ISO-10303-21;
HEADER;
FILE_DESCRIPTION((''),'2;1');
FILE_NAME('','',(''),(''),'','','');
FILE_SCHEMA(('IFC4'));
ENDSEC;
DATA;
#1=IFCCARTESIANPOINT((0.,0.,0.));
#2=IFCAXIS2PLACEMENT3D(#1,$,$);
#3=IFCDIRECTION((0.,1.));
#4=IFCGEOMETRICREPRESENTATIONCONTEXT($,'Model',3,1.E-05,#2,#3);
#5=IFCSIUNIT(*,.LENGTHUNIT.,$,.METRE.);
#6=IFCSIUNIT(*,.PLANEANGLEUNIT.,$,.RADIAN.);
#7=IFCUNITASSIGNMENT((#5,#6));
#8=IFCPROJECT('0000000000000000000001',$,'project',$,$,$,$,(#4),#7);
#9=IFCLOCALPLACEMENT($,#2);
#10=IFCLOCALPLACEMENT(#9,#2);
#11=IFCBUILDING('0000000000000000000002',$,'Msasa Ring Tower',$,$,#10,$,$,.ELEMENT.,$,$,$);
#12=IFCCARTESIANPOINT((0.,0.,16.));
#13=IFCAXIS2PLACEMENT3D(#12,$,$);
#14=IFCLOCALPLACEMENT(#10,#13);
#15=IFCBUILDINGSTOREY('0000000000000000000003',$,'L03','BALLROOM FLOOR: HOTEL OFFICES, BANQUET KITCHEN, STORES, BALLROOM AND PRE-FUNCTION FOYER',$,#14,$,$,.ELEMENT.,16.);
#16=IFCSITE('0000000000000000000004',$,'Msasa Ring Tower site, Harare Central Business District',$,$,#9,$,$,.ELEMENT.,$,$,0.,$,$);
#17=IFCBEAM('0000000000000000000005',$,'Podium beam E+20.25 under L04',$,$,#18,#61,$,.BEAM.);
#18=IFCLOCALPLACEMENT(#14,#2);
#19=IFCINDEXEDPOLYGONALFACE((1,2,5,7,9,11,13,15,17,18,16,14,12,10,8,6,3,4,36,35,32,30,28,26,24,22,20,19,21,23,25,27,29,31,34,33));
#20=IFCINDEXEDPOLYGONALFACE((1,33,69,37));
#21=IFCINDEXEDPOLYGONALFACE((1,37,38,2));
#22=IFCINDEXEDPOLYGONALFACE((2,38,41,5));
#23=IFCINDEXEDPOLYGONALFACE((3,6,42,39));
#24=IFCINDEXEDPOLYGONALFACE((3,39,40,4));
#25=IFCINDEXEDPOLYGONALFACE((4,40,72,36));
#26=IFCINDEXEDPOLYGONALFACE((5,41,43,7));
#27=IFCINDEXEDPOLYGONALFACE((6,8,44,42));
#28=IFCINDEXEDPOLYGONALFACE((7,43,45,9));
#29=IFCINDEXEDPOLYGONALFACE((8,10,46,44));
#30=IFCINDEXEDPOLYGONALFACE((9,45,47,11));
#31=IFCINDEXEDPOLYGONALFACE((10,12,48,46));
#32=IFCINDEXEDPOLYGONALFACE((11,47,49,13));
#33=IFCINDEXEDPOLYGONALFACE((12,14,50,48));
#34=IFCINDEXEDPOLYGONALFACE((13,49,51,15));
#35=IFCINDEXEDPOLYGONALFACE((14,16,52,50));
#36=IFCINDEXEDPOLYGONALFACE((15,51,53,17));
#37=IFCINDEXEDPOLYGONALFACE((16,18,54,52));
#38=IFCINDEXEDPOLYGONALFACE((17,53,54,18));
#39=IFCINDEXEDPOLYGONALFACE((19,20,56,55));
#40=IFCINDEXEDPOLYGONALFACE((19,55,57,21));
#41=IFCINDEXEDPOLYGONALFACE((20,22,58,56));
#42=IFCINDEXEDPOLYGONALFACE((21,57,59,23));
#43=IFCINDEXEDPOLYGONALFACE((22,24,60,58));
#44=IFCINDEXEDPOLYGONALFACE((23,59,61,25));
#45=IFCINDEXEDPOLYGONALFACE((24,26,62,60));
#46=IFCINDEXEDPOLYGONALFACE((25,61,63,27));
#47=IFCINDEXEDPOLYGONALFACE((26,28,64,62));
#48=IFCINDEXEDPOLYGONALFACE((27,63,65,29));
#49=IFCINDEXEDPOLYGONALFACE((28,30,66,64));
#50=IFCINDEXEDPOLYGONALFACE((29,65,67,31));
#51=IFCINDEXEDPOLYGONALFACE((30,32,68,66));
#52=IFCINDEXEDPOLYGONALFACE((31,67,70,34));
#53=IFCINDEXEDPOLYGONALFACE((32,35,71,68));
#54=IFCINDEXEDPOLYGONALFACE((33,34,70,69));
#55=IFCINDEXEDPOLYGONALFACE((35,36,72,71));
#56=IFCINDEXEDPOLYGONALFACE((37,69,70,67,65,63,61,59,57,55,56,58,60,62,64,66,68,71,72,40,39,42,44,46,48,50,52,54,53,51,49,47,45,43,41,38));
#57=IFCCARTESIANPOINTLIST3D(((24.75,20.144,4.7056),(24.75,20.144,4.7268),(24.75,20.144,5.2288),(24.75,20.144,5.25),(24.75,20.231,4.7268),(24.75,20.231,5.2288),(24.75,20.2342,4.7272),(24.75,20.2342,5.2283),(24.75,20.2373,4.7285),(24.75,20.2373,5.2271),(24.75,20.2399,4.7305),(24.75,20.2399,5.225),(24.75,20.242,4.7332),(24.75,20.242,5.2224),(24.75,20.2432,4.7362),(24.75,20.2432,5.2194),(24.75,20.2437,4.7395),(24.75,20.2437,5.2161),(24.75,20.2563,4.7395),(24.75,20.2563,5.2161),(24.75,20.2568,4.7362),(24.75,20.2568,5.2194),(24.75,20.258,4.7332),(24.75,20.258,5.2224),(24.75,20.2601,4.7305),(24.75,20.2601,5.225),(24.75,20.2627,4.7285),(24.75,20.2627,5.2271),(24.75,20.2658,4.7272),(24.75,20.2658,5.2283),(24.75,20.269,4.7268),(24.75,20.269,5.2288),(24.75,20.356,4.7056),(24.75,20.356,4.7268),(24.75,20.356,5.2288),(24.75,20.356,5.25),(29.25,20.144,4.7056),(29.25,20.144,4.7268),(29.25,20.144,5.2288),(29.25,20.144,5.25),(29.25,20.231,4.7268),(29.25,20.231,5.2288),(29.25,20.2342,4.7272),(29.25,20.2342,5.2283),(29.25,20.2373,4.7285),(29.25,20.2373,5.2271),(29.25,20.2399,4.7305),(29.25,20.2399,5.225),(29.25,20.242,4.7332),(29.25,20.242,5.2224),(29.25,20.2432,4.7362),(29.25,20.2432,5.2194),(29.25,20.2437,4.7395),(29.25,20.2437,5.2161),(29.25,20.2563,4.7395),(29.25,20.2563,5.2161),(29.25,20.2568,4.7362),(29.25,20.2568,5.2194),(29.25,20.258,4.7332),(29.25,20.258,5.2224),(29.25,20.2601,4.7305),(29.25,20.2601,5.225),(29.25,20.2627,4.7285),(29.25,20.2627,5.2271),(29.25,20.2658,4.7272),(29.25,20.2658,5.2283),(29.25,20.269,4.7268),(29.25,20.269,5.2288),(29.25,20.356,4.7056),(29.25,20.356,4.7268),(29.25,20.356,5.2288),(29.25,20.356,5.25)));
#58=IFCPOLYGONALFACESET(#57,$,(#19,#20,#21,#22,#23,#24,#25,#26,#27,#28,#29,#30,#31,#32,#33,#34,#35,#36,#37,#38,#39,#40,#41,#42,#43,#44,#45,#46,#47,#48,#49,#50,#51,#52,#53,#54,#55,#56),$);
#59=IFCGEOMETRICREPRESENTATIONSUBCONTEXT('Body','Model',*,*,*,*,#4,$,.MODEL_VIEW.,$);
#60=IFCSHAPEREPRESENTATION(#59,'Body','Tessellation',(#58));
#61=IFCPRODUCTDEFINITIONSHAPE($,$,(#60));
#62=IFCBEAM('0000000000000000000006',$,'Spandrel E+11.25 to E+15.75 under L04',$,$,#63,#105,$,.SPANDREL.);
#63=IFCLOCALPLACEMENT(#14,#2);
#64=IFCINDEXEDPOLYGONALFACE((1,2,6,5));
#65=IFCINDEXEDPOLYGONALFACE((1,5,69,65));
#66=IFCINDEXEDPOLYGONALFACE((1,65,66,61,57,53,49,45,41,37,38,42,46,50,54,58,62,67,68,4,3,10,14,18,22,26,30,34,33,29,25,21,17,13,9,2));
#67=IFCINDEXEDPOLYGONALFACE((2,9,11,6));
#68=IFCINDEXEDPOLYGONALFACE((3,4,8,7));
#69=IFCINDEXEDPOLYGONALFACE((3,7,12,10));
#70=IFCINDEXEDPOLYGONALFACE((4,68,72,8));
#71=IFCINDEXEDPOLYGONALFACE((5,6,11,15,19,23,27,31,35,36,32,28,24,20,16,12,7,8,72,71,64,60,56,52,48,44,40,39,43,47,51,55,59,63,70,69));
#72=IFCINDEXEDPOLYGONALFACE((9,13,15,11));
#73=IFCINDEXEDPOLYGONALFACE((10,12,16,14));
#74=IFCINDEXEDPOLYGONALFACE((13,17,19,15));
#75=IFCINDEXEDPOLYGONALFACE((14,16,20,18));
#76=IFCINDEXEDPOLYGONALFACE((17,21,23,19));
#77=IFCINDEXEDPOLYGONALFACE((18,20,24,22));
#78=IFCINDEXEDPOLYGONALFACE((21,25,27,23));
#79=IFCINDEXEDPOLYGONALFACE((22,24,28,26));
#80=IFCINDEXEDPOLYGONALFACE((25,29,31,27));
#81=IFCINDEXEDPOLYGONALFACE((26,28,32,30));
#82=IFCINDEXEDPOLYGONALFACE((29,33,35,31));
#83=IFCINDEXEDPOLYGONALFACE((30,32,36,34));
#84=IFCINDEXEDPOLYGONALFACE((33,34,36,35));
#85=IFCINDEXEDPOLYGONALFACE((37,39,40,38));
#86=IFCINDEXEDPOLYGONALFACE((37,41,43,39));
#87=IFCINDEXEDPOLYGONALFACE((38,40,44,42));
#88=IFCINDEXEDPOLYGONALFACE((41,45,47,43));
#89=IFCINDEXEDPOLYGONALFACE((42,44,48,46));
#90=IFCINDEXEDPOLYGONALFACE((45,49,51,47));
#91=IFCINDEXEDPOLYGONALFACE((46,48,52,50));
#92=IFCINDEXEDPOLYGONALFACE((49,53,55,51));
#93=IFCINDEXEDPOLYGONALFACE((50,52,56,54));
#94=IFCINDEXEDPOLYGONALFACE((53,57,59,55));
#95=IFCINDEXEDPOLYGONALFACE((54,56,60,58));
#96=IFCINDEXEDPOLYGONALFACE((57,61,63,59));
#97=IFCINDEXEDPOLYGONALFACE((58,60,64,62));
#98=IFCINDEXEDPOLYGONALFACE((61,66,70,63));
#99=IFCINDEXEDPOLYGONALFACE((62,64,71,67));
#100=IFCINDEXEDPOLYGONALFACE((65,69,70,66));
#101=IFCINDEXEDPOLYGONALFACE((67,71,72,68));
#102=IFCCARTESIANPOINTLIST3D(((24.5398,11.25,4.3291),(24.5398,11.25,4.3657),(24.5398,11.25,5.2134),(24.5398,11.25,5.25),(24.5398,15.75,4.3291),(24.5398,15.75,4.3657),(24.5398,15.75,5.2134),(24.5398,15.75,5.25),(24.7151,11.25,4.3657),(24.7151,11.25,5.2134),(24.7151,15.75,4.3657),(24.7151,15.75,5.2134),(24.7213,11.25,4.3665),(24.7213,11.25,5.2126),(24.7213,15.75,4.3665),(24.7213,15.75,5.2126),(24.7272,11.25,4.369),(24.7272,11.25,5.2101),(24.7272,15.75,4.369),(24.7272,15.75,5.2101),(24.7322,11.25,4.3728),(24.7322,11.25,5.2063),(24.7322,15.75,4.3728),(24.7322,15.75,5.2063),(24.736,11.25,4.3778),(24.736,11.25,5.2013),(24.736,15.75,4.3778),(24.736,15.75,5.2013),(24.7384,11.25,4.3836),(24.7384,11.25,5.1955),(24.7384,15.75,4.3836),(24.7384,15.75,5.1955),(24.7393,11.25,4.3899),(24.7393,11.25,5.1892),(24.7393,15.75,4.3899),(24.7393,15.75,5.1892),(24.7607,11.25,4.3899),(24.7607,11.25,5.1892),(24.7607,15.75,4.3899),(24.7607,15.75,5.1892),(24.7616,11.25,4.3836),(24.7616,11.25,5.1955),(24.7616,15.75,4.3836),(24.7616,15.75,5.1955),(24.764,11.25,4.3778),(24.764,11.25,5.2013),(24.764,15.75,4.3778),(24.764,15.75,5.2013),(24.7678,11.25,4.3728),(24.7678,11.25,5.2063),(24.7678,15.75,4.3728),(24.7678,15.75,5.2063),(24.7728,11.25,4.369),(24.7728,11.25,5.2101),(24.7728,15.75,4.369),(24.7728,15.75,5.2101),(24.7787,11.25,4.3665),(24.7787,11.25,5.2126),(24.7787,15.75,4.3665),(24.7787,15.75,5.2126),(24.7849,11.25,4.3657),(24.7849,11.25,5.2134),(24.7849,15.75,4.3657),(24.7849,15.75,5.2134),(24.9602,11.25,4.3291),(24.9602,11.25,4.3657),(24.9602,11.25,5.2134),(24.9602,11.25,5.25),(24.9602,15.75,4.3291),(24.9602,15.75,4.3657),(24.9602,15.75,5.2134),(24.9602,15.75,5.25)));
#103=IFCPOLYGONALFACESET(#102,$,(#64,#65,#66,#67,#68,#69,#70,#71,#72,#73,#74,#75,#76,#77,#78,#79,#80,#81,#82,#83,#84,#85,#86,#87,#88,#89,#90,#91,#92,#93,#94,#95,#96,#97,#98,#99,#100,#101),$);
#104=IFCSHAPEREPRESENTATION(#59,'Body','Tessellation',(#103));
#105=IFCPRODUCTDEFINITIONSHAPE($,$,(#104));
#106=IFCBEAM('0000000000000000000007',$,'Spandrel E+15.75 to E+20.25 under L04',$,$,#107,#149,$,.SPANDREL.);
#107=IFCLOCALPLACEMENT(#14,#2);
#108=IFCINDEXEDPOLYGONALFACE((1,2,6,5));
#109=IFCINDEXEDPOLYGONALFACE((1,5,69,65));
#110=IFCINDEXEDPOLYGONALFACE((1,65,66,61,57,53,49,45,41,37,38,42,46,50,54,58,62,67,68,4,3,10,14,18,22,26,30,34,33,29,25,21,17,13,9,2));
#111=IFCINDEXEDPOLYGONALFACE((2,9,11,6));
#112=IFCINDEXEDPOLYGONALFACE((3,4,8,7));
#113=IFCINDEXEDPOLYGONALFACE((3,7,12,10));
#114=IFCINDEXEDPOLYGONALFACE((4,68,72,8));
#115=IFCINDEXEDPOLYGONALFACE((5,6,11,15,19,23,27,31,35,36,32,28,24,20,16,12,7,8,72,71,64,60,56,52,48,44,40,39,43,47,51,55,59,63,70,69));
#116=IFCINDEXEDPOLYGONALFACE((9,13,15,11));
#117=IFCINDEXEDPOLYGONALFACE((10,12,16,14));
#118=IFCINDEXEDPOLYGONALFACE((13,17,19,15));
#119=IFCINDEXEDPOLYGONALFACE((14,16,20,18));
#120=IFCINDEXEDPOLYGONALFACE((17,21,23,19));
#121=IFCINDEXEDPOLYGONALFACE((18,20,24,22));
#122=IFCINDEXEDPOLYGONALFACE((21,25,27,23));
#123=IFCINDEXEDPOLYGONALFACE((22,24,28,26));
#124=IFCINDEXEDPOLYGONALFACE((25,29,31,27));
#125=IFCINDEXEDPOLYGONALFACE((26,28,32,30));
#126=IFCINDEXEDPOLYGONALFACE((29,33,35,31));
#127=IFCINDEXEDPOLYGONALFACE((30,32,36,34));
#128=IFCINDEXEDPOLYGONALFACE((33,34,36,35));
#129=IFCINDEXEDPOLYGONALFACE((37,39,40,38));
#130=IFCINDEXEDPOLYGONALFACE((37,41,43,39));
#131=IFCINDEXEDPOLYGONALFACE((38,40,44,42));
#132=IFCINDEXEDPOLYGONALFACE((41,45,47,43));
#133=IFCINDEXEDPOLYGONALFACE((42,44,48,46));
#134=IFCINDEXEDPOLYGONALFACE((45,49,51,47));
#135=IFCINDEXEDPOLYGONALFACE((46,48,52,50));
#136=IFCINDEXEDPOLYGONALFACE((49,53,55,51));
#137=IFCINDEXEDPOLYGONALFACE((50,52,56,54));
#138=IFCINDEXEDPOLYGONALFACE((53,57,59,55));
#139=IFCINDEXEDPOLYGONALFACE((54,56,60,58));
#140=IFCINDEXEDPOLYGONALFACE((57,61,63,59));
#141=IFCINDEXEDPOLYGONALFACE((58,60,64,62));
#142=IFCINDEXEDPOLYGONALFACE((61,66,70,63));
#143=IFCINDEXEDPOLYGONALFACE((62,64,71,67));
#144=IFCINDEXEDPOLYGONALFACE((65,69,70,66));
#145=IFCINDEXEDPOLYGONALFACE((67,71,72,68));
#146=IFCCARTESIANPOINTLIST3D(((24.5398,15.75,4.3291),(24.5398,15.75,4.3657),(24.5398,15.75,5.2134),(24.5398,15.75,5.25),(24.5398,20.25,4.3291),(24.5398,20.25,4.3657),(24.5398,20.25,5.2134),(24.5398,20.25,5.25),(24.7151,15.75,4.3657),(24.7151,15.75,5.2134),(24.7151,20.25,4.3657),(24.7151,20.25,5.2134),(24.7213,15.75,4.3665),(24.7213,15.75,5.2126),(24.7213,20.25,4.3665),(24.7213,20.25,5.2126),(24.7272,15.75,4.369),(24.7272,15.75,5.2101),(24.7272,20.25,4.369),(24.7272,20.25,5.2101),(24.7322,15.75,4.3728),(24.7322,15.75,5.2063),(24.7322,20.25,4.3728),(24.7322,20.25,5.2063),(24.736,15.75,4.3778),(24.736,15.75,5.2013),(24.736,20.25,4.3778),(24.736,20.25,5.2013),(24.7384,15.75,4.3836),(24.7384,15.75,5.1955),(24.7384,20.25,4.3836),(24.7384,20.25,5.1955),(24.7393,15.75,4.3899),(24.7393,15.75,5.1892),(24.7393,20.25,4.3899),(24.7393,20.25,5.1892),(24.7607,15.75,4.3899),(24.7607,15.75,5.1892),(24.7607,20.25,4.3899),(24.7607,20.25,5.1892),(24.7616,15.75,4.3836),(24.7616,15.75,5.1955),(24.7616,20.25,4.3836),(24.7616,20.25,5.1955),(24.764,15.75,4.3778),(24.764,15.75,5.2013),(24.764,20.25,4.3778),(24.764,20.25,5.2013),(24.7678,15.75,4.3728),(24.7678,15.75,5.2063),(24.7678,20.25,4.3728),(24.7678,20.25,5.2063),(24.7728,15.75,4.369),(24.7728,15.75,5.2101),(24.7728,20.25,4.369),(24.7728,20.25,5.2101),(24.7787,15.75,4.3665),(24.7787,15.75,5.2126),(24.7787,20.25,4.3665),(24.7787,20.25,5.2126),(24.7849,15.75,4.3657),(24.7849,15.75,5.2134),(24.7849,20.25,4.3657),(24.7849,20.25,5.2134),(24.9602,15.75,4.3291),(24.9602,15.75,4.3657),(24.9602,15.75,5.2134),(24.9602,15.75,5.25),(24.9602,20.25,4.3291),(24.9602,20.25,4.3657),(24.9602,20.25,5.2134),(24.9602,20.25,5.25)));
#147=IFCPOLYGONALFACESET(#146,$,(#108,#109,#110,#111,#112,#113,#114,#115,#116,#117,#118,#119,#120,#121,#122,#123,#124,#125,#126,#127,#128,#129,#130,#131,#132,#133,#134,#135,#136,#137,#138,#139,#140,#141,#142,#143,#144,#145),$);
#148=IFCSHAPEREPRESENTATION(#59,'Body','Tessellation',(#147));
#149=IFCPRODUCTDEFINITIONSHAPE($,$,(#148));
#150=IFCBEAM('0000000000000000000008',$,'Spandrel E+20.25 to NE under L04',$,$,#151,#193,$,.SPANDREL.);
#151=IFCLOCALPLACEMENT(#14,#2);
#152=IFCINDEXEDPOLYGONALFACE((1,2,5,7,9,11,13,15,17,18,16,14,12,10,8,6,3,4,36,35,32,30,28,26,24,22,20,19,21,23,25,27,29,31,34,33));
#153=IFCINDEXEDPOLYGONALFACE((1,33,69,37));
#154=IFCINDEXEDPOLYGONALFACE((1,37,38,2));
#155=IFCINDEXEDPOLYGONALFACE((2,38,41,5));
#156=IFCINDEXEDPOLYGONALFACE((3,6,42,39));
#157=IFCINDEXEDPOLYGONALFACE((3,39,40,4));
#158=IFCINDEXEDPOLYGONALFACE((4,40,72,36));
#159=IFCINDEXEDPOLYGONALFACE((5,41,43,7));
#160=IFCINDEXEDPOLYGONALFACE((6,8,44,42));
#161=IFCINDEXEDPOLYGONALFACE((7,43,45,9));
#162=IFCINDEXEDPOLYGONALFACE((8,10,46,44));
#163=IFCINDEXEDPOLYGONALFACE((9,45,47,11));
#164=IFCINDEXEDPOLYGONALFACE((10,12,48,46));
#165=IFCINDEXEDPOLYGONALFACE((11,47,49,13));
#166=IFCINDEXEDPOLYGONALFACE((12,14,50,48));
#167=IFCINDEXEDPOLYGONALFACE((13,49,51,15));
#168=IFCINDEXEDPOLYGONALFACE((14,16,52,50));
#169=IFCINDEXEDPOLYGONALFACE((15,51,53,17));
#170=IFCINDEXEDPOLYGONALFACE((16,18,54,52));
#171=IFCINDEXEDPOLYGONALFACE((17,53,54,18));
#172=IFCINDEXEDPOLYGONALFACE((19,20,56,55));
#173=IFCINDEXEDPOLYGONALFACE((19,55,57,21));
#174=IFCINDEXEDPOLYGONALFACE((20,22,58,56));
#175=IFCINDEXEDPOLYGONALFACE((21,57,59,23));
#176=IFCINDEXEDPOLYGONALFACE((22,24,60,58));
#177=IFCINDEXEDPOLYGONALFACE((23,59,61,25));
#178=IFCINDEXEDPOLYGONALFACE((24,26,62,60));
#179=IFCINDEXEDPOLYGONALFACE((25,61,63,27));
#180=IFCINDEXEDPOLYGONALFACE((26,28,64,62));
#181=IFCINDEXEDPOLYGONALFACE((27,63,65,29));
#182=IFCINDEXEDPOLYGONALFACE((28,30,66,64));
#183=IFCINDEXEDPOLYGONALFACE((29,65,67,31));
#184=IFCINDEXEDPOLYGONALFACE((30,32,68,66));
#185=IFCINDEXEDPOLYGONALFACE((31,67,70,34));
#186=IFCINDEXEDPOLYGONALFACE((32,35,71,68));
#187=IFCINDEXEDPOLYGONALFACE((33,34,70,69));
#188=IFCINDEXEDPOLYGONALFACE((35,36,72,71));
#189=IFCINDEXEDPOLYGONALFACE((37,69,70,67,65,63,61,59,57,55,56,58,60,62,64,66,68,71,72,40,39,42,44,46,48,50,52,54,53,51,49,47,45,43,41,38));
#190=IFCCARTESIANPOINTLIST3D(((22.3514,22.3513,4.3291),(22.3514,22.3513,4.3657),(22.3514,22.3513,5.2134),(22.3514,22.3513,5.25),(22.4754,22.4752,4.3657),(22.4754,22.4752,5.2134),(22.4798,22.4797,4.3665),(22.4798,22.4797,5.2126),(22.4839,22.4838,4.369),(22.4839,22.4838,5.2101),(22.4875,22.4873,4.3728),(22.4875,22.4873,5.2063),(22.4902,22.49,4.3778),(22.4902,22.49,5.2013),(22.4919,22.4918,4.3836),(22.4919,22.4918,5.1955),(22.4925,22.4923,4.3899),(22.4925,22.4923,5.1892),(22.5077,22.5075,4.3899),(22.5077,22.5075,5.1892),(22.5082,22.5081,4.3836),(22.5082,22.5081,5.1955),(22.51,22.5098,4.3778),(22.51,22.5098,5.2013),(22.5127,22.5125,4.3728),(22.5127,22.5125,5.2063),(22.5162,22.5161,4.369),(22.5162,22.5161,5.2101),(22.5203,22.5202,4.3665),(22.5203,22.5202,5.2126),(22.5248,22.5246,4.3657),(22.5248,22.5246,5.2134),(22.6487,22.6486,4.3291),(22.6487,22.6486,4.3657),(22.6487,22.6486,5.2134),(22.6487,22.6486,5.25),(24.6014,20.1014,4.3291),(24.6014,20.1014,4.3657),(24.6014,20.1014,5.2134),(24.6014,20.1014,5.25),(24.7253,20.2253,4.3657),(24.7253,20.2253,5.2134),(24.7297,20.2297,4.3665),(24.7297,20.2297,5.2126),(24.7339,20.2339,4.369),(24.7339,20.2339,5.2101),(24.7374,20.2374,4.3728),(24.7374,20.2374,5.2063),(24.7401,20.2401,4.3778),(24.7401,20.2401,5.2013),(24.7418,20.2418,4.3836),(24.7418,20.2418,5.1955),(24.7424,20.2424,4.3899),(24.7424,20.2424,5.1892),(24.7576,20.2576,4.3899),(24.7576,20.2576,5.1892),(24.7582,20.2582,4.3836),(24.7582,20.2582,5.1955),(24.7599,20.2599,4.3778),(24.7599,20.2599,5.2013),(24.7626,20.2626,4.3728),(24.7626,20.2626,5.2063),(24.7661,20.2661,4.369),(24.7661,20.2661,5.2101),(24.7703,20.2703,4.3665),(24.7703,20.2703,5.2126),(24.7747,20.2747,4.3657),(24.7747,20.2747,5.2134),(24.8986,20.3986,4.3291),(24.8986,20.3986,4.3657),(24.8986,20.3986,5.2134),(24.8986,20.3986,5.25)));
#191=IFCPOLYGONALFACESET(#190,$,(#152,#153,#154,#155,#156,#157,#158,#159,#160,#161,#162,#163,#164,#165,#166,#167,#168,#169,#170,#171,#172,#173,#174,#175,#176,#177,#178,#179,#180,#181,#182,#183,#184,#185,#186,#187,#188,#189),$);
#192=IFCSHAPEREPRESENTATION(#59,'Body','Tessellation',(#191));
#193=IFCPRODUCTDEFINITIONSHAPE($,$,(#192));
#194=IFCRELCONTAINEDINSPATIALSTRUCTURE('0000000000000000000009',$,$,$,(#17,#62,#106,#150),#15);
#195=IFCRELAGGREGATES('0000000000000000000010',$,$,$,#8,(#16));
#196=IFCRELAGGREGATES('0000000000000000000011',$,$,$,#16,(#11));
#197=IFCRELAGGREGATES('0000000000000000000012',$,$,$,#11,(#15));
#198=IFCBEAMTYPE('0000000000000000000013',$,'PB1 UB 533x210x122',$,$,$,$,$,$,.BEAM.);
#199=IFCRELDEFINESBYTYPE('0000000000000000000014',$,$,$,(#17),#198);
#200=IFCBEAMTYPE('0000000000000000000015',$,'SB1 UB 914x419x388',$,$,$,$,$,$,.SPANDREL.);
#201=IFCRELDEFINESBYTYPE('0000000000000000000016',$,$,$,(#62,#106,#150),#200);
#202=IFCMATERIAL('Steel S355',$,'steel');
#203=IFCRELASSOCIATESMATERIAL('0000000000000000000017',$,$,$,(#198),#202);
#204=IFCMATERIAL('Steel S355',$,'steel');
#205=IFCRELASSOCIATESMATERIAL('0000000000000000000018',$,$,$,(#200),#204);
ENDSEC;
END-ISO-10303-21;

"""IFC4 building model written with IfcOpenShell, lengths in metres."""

from ifc_helpers import new_model, si_unit, direction, frame, origin, origin_2d, place, context, subcontext, project, spatial, i_section, extrude, material, material_profile, profile_set, type_object, element, save


model = new_model("IFC4")

# Units and contexts
model_context = context("Model", 3, precision=1e-05, world=origin(), true_north=direction((0.0, 1.0)))
body_context = subcontext(model_context, "Body", "Model", "MODEL_VIEW")
ifc_project = project(units=[si_unit("LENGTHUNIT", "METRE"), si_unit("PLANEANGLEUNIT", "RADIAN")], contexts=[model_context])

# Site, building, storey
site_placement = place(None, origin())
site = spatial("IfcSite", under=ifc_project, at=site_placement, Name="Msasa Ring Tower site, Harare Central Business District", CompositionType="ELEMENT", RefElevation=0.0)
building_placement = place(site_placement, origin())
building = spatial("IfcBuilding", under=site, at=building_placement, Name="Msasa Ring Tower", CompositionType="ELEMENT")
storey_placement = place(building_placement, frame((0.0, 0.0, 16.0)))
storey = spatial("IfcBuildingStorey", under=building, at=storey_placement, Name="L03", Description="BALLROOM FLOOR: HOTEL OFFICES, BANQUET KITCHEN, STORES, BALLROOM AND PRE-FUNCTION FOYER", CompositionType="ELEMENT", Elevation=16.0)

# Beams
ifc_material_1 = material(Name="Steel S355", Category="steel")
ifc_material_profile_1 = material_profile(ifc_material_1, i_section(OverallWidth=0.2119, OverallDepth=0.5444, WebThickness=0.0127, FlangeThickness=0.0212, FilletRadius=0.0127, at=origin_2d()), Name="UB 533x210x122")
ifc_profile_set_1 = profile_set([ifc_material_profile_1], Name="Steel S355")
beam_type_1 = type_object("IfcBeamType", Name="PB1 UB 533x210x122", PredefinedType="BEAM", material=ifc_profile_set_1)
beam_1_placement = place(storey_placement, frame((29.25, 20.25, 4.9778), z_axis=(-1.0, 0.0, 0.0), x_axis=(0.0, -1.0, 0.0)))
element("IfcBeam", 1, at=beam_1_placement, inside=storey, type_object=beam_type_1, Name="Podium beam E+20.25 under L04", PredefinedType="BEAM", context=body_context, shape_type="SweptSolid", body=[
    extrude(i_section(OverallWidth=0.2119, OverallDepth=0.5444, WebThickness=0.0127, FlangeThickness=0.0212, FilletRadius=0.0127, at=origin_2d()), origin(), (0.0, 0.0, 1.0), 4.5),
])
ifc_material_2 = material(Name="Steel S355", Category="steel")
ifc_material_profile_2 = material_profile(ifc_material_2, i_section(OverallWidth=0.4204, OverallDepth=0.9209, WebThickness=0.0215, FlangeThickness=0.0366, FilletRadius=0.0242, at=origin_2d()), Name="UB 914x419x388")
ifc_profile_set_2 = profile_set([ifc_material_profile_2], Name="Steel S355")
beam_type_2 = type_object("IfcBeamType", Name="SB1 UB 914x419x388", PredefinedType="SPANDREL", material=ifc_profile_set_2)
for number, where, z_axis, x_axis, name in (
    (2, (24.75, 11.25, 4.7896), (0.0, 1.0, 0.0), (-1.0, 0.0, 0.0), "Spandrel E+11.25 to E+15.75 under L04"),
    (3, (24.75, 15.75, 4.7896), (0.0, 1.0, 0.0), (-1.0, 0.0, 0.0), "Spandrel E+15.75 to E+20.25 under L04"),
):
    element("IfcBeam", number, at=place(storey_placement, frame(where, z_axis=z_axis, x_axis=x_axis)), inside=storey, type_object=beam_type_2, Name=name, PredefinedType="SPANDREL", context=body_context, shape_type="SweptSolid", body=[
        extrude(i_section(OverallWidth=0.4204, OverallDepth=0.9209, WebThickness=0.0215, FlangeThickness=0.0366, FilletRadius=0.0242, at=origin_2d()), origin(), (0.0, 0.0, 1.0), 4.5),
    ])
beam_2_placement = place(storey_placement, frame((24.75, 20.25, 4.7896), z_axis=(-0.707107, 0.707107, 0.0), x_axis=(-0.707107, -0.707107, 0.0)))
element("IfcBeam", 4, at=beam_2_placement, inside=storey, type_object=beam_type_2, Name="Spandrel E+20.25 to NE under L04", PredefinedType="SPANDREL", context=body_context, shape_type="SweptSolid", body=[
    extrude(i_section(OverallWidth=0.4204, OverallDepth=0.9209, WebThickness=0.0215, FlangeThickness=0.0366, FilletRadius=0.0242, at=origin_2d()), origin(), (0.0, 0.0, 1.0), 3.1819),
])

save(model, "model.ifc")
